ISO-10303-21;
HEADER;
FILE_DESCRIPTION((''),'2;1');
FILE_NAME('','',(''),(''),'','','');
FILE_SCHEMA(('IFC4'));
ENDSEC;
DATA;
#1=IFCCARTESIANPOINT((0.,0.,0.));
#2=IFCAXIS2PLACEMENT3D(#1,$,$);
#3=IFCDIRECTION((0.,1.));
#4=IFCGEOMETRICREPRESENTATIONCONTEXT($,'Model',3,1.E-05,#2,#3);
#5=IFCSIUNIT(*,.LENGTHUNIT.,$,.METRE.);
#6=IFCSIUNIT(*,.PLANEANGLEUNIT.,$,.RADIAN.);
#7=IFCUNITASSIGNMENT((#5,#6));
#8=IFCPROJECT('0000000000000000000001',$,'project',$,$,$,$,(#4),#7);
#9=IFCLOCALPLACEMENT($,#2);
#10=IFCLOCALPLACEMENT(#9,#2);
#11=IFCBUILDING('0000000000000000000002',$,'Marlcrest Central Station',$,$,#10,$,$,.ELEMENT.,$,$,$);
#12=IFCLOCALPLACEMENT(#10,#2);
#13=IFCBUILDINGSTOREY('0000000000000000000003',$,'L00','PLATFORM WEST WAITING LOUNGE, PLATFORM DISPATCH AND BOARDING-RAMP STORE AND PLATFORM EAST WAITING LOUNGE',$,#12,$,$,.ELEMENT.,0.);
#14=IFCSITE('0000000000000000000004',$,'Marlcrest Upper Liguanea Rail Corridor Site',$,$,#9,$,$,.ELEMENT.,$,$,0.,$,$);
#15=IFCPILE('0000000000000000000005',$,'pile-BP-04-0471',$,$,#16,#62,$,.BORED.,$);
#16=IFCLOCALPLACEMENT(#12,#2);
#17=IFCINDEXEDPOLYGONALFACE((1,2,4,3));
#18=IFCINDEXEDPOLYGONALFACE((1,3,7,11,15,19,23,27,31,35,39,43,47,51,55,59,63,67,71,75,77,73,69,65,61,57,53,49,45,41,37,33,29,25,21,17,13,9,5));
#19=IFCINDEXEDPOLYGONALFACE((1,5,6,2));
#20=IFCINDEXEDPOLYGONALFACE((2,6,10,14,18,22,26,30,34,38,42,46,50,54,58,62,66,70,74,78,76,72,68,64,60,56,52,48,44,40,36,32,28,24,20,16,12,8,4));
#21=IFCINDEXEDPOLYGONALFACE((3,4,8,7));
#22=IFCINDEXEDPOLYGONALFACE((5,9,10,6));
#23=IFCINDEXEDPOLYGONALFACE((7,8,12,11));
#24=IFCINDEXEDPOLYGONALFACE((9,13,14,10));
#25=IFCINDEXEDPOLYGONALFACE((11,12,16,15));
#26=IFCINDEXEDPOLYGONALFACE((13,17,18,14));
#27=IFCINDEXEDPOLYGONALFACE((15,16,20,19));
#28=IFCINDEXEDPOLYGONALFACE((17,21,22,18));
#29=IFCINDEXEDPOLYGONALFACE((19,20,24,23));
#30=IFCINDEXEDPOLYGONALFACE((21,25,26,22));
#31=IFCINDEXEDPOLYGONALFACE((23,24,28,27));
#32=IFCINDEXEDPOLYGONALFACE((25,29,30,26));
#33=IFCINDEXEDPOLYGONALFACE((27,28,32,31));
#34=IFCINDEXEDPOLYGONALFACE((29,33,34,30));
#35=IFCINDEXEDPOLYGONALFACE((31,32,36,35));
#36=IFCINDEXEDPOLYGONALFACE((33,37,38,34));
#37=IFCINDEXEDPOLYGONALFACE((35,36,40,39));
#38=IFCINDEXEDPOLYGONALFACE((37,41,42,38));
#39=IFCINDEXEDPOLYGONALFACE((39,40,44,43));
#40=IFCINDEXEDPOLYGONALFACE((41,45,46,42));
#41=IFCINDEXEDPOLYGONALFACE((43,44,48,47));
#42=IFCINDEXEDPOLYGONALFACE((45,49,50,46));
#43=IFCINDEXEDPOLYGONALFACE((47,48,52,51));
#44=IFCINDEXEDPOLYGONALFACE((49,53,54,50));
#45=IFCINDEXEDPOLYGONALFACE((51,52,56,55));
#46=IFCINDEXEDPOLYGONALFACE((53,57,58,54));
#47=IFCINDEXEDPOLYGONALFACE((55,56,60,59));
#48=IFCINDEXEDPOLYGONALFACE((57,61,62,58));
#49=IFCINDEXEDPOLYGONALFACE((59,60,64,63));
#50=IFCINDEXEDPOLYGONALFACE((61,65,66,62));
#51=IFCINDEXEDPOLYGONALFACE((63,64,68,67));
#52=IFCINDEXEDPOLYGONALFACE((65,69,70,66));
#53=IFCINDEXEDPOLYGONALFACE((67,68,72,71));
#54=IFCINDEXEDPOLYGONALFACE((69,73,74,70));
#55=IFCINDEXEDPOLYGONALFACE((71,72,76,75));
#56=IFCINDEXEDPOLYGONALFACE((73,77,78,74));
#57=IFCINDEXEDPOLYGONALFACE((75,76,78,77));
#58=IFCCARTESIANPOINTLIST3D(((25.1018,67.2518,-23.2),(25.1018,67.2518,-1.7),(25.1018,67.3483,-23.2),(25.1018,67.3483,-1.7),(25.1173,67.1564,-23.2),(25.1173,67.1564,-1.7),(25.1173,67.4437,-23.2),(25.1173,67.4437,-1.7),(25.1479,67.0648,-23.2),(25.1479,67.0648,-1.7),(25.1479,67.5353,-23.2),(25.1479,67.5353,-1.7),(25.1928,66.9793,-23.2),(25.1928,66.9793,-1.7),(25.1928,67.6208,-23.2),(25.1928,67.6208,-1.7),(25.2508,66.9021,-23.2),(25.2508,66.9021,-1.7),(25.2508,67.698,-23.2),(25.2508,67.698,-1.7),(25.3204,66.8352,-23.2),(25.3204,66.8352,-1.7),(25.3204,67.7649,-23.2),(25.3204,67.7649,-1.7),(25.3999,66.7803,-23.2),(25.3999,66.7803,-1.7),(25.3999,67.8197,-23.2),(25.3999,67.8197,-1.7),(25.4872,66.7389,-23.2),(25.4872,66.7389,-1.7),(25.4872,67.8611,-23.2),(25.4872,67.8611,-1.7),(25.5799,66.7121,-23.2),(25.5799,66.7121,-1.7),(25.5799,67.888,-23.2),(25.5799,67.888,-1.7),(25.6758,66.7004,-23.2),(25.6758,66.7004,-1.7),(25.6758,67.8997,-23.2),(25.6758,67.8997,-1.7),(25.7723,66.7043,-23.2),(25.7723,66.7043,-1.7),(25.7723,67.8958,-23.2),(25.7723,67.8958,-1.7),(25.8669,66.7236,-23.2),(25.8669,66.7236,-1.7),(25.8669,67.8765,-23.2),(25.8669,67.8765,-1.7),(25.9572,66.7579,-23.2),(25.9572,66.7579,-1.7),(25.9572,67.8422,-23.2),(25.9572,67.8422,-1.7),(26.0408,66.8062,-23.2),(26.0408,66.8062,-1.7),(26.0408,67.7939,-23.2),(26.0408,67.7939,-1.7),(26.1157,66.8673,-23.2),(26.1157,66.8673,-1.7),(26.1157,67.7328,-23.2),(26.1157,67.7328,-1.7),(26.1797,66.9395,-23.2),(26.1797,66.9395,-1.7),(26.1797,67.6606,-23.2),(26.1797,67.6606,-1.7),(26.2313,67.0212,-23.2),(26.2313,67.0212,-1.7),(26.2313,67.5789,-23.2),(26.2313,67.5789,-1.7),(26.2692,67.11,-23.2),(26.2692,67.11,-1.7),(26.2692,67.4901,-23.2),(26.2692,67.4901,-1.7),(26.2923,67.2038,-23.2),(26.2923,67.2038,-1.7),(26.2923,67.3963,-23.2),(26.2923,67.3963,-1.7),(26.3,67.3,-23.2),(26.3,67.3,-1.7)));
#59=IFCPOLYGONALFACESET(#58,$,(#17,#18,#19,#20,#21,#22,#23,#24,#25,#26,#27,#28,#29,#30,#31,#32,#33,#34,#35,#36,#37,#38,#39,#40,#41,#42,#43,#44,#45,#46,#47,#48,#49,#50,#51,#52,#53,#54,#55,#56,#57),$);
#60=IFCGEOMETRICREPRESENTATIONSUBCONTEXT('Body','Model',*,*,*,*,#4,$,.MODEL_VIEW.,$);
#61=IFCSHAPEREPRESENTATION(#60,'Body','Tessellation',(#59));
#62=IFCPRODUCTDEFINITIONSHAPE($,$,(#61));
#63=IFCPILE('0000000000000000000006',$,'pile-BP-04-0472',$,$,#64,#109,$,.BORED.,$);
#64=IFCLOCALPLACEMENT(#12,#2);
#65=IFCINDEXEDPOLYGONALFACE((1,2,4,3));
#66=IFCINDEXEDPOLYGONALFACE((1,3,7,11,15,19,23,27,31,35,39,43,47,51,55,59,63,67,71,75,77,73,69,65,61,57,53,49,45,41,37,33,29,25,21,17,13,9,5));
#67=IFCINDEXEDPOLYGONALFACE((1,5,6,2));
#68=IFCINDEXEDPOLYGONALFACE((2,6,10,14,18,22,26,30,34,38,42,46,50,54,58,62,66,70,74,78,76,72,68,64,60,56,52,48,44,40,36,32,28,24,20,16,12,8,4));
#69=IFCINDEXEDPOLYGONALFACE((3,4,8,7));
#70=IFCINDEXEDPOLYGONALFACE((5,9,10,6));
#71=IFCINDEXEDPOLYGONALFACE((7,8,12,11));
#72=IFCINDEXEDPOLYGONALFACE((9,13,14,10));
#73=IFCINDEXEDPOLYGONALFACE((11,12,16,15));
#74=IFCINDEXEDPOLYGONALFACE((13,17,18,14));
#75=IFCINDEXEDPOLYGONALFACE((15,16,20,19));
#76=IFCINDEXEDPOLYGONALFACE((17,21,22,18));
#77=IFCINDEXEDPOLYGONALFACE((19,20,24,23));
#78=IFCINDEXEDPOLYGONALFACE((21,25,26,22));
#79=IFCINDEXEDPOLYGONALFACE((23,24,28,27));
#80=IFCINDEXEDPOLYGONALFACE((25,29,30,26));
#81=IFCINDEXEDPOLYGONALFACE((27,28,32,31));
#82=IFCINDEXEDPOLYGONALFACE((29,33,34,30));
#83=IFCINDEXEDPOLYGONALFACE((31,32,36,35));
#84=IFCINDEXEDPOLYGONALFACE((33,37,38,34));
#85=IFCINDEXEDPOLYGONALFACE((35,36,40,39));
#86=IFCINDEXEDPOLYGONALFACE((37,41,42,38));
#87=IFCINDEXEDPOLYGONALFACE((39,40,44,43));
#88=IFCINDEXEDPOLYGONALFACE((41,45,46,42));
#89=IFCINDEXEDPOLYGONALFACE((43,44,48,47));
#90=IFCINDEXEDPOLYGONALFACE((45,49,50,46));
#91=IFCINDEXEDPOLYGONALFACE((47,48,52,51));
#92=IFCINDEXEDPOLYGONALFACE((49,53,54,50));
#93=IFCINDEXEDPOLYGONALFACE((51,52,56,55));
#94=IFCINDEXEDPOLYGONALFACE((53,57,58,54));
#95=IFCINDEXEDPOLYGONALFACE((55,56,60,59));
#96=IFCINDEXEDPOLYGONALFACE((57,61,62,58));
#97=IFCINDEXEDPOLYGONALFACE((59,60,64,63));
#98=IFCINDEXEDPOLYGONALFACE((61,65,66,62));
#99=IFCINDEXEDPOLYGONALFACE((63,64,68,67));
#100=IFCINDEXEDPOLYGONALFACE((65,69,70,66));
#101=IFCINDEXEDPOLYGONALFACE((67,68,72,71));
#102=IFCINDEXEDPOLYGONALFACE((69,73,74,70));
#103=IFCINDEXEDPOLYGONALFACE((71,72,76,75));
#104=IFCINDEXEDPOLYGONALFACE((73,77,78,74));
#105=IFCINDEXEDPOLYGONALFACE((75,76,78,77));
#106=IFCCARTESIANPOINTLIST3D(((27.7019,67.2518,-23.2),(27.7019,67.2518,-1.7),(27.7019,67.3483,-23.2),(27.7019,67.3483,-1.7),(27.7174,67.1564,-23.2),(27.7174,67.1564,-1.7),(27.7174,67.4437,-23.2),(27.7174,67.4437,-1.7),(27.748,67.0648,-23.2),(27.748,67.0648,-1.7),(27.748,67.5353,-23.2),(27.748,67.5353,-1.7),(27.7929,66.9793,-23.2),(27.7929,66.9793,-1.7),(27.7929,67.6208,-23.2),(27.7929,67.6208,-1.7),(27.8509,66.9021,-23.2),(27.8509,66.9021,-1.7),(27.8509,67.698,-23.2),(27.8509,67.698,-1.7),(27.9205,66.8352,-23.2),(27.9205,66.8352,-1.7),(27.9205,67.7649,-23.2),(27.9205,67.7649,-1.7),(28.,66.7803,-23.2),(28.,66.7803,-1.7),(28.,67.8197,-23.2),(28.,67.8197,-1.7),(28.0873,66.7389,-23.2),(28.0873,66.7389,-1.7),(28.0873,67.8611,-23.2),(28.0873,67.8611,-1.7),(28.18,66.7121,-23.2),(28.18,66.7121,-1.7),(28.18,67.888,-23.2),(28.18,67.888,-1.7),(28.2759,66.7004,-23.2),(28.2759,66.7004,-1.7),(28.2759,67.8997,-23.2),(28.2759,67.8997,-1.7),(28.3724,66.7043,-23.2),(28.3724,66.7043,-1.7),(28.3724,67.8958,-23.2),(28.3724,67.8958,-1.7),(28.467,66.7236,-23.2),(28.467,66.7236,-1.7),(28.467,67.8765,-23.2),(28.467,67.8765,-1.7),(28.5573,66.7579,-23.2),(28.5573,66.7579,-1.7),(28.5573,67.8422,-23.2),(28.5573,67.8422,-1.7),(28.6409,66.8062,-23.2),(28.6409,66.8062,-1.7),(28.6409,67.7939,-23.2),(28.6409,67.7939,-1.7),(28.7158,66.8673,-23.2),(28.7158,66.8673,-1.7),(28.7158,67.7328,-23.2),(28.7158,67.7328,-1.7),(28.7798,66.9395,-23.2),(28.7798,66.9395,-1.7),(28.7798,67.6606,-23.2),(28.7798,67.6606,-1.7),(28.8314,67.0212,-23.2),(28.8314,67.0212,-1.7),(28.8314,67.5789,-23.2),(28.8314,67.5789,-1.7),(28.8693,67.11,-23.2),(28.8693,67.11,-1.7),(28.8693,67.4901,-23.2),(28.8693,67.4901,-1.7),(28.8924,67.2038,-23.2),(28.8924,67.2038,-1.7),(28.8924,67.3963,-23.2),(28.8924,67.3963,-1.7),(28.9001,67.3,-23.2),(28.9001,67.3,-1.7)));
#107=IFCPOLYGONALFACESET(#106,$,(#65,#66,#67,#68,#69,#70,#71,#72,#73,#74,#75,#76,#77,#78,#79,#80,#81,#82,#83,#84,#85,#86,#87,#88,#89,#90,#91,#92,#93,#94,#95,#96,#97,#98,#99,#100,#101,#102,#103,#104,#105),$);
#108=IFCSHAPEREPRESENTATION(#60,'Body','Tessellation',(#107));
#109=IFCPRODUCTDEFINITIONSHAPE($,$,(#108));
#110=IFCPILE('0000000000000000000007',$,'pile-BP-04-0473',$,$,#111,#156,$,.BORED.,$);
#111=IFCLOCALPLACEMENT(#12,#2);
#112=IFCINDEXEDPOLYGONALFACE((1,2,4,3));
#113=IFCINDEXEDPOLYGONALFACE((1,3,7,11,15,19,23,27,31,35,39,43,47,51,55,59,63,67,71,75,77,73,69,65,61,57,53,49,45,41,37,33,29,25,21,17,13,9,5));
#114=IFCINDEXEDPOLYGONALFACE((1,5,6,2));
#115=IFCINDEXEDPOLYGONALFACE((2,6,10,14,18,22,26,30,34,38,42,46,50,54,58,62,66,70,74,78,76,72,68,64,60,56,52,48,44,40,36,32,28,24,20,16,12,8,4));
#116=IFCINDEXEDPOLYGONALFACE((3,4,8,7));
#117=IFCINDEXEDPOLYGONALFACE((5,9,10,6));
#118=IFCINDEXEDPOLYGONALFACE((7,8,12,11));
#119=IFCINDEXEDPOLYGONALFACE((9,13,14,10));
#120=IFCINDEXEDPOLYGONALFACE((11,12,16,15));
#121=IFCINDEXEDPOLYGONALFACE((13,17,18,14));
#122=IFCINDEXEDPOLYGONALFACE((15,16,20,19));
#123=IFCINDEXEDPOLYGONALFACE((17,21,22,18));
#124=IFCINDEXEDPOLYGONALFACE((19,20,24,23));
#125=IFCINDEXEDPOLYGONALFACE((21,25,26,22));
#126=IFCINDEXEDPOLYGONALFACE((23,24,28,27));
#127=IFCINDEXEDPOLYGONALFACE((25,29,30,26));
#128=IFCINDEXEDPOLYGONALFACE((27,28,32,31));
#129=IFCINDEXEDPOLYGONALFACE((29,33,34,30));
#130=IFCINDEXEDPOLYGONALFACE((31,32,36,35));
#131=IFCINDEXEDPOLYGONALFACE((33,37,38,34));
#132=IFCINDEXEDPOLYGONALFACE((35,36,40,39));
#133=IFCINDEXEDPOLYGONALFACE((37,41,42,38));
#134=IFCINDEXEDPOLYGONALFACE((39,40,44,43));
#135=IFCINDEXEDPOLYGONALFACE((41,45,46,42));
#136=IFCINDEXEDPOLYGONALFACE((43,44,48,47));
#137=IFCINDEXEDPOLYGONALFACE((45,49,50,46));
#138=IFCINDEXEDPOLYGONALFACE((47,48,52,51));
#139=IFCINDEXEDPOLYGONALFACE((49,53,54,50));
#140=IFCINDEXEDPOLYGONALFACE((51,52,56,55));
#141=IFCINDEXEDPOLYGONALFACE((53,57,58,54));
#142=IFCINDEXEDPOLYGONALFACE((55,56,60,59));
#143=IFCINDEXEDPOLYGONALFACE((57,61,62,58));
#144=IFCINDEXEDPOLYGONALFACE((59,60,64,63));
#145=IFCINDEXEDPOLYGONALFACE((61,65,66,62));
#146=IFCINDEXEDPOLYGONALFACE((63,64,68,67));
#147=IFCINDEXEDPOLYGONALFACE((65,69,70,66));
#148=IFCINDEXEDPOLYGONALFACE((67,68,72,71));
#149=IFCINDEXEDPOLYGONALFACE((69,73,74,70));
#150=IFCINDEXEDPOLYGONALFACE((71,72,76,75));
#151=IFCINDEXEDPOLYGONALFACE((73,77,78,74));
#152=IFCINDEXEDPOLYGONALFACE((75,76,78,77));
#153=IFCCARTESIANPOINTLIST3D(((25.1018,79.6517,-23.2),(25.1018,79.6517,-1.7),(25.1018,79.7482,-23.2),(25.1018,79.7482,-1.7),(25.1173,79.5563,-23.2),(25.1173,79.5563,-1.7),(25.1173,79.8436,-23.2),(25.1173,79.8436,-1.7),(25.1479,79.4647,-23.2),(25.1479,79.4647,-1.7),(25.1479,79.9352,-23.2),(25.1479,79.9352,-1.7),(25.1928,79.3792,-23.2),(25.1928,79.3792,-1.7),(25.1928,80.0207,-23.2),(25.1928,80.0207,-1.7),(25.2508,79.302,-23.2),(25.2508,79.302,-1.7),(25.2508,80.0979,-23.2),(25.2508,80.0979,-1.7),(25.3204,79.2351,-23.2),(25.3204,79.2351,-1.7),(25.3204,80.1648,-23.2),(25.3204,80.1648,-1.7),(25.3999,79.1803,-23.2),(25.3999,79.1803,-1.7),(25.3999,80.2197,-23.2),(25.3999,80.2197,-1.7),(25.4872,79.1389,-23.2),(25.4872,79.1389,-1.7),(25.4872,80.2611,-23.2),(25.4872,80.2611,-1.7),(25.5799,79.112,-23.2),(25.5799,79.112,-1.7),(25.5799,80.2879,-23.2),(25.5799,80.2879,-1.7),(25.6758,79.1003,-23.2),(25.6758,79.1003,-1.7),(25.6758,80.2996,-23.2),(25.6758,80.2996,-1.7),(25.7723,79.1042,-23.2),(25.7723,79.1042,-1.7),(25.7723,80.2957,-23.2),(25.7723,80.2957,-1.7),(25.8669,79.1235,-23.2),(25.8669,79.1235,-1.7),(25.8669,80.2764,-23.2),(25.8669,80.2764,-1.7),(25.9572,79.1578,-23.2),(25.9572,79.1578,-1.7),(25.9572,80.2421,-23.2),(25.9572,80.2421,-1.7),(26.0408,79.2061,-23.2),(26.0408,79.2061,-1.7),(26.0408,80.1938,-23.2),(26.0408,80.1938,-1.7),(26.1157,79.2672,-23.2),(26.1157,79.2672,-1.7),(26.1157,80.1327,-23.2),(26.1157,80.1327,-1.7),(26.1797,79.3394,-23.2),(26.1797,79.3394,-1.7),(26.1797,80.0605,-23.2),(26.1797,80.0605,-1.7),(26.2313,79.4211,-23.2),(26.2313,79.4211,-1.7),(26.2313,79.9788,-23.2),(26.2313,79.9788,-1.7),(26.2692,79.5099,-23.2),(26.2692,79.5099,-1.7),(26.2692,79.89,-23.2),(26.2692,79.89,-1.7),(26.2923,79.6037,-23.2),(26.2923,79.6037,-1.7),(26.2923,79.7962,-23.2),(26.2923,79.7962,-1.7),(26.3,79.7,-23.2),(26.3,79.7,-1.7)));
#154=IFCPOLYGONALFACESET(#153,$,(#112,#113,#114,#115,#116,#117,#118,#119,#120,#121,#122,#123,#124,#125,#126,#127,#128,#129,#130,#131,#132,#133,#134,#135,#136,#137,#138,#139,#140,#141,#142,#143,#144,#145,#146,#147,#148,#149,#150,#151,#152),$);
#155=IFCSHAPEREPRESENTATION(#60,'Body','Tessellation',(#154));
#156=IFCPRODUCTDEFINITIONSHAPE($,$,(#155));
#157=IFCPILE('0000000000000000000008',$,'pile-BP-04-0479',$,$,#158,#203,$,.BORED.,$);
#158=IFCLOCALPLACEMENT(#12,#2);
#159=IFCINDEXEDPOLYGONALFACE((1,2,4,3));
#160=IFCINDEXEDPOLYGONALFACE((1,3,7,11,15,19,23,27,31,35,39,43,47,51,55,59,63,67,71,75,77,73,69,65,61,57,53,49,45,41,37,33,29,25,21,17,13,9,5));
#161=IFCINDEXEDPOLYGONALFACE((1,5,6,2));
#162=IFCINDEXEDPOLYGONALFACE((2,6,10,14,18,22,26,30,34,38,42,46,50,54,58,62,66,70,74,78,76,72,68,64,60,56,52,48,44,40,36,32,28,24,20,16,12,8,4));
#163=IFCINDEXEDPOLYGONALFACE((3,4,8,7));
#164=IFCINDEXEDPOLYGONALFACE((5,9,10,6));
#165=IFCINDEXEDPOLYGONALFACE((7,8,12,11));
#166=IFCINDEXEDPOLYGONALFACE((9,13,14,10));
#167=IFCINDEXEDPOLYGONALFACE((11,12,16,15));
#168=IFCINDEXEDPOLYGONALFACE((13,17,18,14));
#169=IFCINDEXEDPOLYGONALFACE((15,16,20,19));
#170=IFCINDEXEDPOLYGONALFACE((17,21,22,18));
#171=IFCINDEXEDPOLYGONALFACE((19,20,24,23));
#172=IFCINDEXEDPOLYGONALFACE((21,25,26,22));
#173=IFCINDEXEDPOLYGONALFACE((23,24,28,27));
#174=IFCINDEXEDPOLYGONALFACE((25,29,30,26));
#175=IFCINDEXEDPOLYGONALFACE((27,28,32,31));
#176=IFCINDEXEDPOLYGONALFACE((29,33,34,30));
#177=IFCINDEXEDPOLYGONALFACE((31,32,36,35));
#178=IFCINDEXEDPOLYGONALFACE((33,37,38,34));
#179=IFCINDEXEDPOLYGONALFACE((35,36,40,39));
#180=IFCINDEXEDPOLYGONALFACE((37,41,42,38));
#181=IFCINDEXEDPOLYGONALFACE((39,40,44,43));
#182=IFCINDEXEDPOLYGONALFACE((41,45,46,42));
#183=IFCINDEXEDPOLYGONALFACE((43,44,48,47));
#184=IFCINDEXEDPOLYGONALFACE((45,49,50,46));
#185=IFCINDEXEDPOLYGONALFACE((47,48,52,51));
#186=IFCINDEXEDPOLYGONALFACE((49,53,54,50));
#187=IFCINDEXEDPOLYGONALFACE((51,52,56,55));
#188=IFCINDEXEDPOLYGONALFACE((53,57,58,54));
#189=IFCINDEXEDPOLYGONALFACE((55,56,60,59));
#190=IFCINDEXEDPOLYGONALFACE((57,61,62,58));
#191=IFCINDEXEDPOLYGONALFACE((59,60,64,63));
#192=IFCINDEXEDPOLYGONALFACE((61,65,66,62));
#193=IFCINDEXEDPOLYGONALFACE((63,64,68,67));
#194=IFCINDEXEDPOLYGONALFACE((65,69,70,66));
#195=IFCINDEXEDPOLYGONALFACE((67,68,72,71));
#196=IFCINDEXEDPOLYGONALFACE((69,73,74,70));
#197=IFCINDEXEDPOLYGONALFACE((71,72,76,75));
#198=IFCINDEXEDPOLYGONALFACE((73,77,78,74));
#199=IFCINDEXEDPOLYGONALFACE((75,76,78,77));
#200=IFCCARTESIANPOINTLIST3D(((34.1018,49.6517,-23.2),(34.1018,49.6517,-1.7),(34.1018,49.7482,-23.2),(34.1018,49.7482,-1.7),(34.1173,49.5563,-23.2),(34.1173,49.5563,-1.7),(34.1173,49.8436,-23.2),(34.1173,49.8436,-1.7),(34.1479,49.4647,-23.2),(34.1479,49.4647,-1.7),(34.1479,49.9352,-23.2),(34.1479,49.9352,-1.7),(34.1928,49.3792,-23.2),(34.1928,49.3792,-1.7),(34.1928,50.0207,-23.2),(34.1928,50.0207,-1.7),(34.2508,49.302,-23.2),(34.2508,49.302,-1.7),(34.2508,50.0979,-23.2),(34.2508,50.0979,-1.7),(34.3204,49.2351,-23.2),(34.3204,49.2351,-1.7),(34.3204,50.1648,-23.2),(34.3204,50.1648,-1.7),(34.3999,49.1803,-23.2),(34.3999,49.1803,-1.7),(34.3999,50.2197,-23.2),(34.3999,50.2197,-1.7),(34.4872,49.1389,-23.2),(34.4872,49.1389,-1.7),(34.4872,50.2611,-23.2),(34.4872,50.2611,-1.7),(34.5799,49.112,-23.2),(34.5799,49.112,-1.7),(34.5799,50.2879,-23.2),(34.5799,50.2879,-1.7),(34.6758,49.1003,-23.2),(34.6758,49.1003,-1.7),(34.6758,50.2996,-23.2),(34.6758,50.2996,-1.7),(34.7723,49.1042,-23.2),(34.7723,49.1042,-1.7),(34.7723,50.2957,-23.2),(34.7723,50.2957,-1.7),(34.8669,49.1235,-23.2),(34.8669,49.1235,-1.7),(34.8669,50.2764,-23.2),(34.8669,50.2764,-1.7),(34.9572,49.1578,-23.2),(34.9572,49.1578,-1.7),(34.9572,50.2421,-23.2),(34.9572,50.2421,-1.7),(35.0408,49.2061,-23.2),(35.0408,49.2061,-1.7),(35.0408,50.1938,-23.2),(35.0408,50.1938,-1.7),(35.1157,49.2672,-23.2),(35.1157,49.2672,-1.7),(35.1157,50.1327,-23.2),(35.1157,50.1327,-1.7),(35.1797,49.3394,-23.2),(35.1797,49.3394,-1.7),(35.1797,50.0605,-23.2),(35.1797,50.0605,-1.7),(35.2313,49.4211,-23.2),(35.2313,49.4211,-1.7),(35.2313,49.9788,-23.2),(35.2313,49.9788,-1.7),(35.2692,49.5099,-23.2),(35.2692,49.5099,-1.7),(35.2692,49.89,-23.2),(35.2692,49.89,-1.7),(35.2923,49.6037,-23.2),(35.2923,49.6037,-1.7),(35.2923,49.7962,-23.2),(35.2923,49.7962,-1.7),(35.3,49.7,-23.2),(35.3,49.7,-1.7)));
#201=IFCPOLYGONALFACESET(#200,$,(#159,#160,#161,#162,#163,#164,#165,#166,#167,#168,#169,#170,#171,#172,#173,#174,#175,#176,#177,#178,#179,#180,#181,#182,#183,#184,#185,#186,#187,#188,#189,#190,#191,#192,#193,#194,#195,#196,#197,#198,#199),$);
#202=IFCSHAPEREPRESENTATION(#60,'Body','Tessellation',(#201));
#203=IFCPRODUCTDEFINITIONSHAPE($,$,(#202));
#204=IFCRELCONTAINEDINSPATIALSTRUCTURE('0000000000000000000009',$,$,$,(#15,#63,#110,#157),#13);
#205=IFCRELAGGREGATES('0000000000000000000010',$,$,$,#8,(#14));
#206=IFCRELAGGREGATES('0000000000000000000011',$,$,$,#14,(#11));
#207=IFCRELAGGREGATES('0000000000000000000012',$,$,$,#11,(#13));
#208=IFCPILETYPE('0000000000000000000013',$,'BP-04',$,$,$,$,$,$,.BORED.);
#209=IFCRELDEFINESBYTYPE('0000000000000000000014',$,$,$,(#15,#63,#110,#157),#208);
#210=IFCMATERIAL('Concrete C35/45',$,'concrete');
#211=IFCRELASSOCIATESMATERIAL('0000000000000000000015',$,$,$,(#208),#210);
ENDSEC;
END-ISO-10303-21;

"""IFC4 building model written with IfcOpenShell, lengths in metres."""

from ifc_helpers import new_model, si_unit, direction, frame, origin, origin_2d, place, context, subcontext, project, spatial, circle, extrude, material, material_profile, profile_set, type_object, element, save


model = new_model("IFC4")

# Units and contexts
model_context = context("Model", 3, precision=1e-05, world=origin(), true_north=direction((0.0, 1.0)))
body_context = subcontext(model_context, "Body", "Model", "MODEL_VIEW")
ifc_project = project(units=[si_unit("LENGTHUNIT", "METRE"), si_unit("PLANEANGLEUNIT", "RADIAN")], contexts=[model_context])

# Site, building, storey
site_placement = place(None, origin())
site = spatial("IfcSite", under=ifc_project, at=site_placement, Name="Marlcrest Upper Liguanea Rail Corridor Site", CompositionType="ELEMENT", RefElevation=0.0)
building_placement = place(site_placement, origin())
building = spatial("IfcBuilding", under=site, at=building_placement, Name="Marlcrest Central Station", CompositionType="ELEMENT")
storey_placement = place(building_placement, origin())
storey = spatial("IfcBuildingStorey", under=building, at=storey_placement, Name="L00", Description="PLATFORM WEST WAITING LOUNGE, PLATFORM DISPATCH AND BOARDING-RAMP STORE AND PLATFORM EAST WAITING LOUNGE", CompositionType="ELEMENT", Elevation=0.0)

# Piles
ifc_material_1 = material(Name="Concrete C35/45", Category="concrete")
ifc_material_profile_1 = material_profile(ifc_material_1, circle(Radius=0.6001, at=origin_2d()), Name="PILE D1200")
ifc_profile_set_1 = profile_set([ifc_material_profile_1], Name="Concrete C35/45")
pile_type = type_object("IfcPileType", Name="BP-04", PredefinedType="BORED", material=ifc_profile_set_1)
for number, where, z_axis, x_axis, name in (
    (1, (25.7, 67.3, -1.7), (0.0, 0.0, -1.0), (1.0, 0.0, 0.0), "pile-BP-04-0471"),
    (2, (28.3, 67.3, -1.7), (0.0, 0.0, -1.0), (1.0, 0.0, 0.0), "pile-BP-04-0472"),
    (3, (25.7, 79.7, -1.7), (0.0, 0.0, -1.0), (1.0, 0.0, 0.0), "pile-BP-04-0473"),
    (4, (34.7, 49.7, -1.7), (0.0, 0.0, -1.0), (1.0, 0.0, 0.0), "pile-BP-04-0479"),
):
    element("IfcPile", number, at=place(storey_placement, frame(where, z_axis=z_axis, x_axis=x_axis)), inside=storey, type_object=pile_type, Name=name, PredefinedType="BORED", context=body_context, shape_type="SweptSolid", body=[
        extrude(circle(Radius=0.6001, at=origin_2d()), origin(), (0.0, 0.0, 1.0), 21.5),
    ])

save(model, "model.ifc")
